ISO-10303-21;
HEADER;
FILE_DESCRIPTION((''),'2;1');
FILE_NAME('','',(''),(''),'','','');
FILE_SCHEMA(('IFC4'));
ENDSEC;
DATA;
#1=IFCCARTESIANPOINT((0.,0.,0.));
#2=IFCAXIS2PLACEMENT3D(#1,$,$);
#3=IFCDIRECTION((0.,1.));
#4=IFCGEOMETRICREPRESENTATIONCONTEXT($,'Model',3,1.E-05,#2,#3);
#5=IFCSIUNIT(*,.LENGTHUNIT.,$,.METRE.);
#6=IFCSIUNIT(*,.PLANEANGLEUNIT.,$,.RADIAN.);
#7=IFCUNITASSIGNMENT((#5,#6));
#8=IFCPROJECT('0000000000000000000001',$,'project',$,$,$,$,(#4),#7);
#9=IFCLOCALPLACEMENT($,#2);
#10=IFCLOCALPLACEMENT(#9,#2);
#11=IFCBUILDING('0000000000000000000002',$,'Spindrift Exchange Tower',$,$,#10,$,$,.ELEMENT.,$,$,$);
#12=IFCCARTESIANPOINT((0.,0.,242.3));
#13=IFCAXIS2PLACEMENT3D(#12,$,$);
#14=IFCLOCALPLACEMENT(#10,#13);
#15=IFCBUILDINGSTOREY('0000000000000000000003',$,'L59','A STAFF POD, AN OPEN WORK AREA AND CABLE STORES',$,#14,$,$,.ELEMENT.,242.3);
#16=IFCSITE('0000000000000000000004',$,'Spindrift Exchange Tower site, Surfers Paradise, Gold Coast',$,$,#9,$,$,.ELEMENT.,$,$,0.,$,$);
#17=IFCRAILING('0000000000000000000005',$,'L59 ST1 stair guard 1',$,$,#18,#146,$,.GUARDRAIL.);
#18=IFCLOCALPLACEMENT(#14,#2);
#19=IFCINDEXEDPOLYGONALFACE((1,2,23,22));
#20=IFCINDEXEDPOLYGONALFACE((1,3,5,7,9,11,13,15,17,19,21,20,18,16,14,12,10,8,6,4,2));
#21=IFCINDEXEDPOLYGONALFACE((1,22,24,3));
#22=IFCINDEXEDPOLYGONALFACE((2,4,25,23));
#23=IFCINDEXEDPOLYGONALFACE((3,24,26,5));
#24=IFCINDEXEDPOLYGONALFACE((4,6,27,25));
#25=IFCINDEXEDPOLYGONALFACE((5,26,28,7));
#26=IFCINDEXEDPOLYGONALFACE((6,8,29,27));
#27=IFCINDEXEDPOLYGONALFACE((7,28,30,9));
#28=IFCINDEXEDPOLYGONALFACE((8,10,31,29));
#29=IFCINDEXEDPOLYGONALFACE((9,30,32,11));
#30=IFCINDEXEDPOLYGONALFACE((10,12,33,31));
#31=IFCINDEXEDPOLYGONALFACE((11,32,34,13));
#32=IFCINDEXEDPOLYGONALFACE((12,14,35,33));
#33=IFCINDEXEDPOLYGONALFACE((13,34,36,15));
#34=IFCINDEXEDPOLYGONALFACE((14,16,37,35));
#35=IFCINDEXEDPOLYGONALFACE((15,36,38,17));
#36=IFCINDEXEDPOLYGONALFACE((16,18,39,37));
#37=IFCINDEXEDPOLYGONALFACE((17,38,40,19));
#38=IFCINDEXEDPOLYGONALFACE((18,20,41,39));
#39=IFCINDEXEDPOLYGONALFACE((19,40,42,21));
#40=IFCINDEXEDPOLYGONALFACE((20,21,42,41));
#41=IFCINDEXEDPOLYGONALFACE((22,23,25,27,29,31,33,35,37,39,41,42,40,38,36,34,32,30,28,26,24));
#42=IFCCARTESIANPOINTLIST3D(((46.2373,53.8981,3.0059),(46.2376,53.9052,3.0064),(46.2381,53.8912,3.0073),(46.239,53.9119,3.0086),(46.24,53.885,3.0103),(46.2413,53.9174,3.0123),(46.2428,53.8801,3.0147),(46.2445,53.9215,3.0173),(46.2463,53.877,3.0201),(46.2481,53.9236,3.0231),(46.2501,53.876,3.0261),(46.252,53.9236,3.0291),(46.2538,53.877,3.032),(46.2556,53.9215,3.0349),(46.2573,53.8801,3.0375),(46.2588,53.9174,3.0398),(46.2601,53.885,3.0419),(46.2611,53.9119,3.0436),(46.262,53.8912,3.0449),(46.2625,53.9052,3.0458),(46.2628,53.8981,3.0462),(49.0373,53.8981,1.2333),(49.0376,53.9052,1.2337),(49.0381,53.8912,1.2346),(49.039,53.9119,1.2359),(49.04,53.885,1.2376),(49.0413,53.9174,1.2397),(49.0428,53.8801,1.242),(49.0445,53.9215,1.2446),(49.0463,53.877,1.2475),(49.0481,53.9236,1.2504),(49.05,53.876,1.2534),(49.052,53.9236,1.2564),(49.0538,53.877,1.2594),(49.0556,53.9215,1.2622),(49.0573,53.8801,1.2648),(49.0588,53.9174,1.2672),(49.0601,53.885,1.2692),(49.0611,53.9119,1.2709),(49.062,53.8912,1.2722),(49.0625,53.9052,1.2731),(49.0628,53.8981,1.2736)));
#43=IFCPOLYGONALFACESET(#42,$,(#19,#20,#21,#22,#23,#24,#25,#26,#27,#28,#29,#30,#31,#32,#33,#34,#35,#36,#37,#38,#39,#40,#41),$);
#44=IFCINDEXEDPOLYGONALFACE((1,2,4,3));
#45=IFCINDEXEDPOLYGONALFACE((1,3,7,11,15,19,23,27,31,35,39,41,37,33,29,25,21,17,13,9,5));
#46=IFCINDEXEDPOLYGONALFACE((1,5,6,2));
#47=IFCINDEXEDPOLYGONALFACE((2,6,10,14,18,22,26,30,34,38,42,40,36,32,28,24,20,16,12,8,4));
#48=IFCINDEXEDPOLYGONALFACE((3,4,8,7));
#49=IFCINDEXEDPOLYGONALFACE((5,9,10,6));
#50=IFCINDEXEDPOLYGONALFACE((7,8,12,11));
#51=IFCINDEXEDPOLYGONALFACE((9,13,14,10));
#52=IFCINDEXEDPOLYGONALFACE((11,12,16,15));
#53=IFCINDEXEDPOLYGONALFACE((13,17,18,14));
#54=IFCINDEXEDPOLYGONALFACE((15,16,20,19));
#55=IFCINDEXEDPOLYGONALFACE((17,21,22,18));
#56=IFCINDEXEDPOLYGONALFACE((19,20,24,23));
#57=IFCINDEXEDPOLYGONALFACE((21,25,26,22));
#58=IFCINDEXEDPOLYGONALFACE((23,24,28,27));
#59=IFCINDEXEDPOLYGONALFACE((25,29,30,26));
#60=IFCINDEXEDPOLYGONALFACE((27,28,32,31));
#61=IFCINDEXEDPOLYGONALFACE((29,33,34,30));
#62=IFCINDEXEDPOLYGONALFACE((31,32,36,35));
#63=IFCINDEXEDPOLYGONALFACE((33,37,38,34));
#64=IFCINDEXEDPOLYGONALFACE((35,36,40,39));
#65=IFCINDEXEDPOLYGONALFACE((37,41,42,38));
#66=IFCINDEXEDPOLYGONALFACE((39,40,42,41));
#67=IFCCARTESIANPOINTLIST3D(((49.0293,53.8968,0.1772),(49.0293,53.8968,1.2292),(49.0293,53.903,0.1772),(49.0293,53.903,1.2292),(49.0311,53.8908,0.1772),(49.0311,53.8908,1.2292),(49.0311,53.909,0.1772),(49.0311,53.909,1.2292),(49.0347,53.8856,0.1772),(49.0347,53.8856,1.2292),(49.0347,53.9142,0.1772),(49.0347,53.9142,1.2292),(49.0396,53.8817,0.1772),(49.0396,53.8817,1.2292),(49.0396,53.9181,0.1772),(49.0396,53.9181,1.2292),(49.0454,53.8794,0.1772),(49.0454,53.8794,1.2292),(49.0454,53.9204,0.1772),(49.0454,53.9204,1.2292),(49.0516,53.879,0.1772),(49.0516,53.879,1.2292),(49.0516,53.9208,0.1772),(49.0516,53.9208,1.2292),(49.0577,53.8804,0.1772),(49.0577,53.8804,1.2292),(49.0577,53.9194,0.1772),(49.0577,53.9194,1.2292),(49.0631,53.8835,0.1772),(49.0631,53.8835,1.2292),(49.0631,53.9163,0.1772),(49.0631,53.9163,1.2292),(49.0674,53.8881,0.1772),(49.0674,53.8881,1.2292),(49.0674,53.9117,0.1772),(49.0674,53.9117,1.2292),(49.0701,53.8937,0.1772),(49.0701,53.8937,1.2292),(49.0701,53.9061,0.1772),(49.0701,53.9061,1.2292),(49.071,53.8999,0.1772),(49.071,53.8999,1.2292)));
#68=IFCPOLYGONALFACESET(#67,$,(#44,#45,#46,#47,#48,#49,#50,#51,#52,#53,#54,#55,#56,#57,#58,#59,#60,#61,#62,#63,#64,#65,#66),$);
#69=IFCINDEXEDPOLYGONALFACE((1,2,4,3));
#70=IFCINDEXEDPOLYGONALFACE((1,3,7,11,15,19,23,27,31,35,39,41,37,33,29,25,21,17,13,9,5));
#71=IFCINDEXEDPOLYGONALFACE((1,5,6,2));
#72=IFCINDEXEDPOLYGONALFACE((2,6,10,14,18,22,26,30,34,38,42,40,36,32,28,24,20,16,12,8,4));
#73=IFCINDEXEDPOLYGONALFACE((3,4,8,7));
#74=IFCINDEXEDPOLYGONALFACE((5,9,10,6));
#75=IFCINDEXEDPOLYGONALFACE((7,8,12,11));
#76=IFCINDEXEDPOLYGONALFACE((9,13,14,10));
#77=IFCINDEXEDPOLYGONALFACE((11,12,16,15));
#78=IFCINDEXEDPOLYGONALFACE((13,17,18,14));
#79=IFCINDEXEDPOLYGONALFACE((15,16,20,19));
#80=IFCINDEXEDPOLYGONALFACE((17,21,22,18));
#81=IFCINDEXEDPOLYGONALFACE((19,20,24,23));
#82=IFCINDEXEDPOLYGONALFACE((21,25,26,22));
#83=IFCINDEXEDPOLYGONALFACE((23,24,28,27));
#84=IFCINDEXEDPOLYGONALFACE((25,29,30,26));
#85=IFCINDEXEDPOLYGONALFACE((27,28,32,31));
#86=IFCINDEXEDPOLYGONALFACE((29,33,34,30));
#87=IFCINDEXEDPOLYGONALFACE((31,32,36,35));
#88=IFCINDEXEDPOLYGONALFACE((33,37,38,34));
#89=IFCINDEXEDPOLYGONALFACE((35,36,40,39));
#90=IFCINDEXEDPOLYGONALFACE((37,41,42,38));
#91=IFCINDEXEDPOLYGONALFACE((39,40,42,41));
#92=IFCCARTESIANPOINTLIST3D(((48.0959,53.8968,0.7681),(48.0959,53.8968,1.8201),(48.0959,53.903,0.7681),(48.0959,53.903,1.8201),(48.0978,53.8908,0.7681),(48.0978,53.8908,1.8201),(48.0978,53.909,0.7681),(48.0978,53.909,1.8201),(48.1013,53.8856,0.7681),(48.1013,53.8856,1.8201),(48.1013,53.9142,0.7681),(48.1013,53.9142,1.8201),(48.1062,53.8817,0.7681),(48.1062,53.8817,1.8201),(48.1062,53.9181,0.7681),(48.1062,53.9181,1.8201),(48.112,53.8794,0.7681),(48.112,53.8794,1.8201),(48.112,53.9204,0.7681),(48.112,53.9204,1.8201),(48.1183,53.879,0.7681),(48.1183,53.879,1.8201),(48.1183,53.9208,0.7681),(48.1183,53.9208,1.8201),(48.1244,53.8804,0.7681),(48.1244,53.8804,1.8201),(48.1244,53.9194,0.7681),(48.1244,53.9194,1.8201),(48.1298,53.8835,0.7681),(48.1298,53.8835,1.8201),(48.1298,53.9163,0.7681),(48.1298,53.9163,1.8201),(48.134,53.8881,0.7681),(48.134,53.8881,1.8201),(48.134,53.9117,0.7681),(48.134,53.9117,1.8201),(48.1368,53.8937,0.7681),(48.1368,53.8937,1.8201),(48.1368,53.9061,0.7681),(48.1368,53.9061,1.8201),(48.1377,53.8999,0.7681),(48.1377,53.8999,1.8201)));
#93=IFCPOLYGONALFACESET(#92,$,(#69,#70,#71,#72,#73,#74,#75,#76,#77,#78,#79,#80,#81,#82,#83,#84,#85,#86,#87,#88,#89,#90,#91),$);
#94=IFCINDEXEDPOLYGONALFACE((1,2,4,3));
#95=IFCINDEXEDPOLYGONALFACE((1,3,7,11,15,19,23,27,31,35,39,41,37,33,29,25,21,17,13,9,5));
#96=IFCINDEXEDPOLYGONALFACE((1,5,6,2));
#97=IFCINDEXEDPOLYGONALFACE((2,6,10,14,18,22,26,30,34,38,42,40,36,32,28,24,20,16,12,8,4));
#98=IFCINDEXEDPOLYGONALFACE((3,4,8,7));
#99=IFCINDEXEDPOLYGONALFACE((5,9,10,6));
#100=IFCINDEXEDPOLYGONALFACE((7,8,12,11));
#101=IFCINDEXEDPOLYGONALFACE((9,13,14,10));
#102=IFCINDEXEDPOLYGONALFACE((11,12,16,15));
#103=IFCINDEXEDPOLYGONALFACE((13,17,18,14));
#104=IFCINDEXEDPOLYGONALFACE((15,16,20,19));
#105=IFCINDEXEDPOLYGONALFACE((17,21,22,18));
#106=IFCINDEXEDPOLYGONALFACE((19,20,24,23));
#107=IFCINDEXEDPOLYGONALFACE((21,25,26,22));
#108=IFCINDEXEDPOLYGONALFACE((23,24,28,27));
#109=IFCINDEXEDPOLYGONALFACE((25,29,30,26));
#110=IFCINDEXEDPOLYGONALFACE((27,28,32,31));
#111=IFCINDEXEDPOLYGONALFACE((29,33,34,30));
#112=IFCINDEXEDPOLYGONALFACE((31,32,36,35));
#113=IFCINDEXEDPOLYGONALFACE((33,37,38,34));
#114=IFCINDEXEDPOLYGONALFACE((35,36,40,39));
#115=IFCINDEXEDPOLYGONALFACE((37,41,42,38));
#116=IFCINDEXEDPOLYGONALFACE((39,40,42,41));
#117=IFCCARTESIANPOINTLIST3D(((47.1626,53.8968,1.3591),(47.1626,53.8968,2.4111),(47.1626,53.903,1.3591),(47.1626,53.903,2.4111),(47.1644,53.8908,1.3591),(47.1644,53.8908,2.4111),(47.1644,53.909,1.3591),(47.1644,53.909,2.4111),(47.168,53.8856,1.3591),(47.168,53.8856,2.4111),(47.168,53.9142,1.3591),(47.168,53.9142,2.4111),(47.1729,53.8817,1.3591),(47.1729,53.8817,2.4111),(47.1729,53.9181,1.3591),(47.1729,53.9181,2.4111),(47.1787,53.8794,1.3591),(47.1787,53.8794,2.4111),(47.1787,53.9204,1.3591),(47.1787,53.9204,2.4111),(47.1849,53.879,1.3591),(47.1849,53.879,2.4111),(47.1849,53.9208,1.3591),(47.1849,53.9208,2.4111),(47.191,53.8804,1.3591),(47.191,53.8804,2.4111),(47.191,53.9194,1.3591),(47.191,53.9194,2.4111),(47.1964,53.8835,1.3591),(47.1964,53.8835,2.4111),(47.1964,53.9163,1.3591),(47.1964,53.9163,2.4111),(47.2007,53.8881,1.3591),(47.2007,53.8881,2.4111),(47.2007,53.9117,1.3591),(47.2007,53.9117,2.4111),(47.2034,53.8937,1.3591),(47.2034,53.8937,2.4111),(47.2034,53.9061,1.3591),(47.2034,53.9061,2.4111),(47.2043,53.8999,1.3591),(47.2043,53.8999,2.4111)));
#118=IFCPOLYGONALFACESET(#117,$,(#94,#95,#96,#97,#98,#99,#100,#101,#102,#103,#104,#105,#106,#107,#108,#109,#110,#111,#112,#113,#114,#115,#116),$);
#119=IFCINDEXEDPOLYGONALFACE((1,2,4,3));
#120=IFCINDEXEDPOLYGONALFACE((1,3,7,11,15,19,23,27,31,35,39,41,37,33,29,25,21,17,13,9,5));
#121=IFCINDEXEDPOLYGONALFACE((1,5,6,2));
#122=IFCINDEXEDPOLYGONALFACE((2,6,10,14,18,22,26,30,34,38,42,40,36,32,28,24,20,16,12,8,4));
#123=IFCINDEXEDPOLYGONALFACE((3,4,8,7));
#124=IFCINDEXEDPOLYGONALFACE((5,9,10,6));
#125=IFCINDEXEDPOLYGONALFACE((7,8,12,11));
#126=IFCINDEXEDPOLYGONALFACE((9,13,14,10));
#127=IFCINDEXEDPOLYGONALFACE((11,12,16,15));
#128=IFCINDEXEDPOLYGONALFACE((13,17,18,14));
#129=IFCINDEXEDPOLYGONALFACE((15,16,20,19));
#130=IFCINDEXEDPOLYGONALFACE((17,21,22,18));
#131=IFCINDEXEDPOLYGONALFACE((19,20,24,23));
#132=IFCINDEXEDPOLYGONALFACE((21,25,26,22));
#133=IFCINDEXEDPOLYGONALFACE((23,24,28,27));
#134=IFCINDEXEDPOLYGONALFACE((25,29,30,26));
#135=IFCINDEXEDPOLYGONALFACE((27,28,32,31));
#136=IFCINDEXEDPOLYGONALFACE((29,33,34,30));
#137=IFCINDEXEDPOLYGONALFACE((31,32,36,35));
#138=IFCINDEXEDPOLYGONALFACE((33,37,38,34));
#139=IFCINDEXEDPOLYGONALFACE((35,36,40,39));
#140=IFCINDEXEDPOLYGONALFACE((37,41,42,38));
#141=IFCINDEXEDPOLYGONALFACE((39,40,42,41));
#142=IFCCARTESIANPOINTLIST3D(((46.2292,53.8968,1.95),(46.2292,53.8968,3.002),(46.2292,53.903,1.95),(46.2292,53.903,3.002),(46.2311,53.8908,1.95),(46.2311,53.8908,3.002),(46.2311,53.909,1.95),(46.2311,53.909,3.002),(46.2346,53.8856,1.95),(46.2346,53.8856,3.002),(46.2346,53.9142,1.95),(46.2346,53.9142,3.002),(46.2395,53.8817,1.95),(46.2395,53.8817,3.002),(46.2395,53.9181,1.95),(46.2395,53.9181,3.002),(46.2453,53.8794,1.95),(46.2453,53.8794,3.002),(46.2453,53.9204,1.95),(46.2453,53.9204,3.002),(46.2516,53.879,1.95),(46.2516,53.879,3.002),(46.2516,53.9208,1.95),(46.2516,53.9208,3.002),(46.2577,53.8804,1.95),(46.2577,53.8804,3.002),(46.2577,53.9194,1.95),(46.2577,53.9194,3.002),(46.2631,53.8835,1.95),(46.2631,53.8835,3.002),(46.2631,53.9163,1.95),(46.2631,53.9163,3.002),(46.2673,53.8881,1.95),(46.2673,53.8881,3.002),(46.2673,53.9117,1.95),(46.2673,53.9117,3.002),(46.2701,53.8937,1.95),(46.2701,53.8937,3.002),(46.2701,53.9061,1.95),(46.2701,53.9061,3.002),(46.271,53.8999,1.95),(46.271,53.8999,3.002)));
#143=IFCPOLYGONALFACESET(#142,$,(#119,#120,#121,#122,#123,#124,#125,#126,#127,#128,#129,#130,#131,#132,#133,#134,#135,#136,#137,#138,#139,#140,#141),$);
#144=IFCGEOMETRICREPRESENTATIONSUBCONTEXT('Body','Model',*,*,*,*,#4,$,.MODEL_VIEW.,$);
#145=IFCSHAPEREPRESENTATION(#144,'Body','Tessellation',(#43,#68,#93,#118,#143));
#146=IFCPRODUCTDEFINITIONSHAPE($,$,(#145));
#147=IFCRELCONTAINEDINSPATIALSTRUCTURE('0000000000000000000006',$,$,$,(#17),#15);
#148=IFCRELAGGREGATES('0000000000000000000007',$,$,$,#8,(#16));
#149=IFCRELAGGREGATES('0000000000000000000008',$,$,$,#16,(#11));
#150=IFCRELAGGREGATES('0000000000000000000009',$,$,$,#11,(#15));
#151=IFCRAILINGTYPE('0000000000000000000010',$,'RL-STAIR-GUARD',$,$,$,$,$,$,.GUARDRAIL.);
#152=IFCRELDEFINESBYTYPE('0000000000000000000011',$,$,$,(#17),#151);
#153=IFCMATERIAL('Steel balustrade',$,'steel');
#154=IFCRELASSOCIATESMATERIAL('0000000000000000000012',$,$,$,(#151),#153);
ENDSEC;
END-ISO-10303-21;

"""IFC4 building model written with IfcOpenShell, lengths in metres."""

from ifc_helpers import new_model, si_unit, direction, frame, origin, origin_2d, place, context, subcontext, project, spatial, circle, extrude, material, type_object, element, save


model = new_model("IFC4")

# Units and contexts
model_context = context("Model", 3, precision=1e-05, world=origin(), true_north=direction((0.0, 1.0)))
body_context = subcontext(model_context, "Body", "Model", "MODEL_VIEW")
ifc_project = project(units=[si_unit("LENGTHUNIT", "METRE"), si_unit("PLANEANGLEUNIT", "RADIAN")], contexts=[model_context])

# Site, building, storey
site_placement = place(None, origin())
site = spatial("IfcSite", under=ifc_project, at=site_placement, Name="Spindrift Exchange Tower site, Surfers Paradise, Gold Coast", CompositionType="ELEMENT", RefElevation=0.0)
building_placement = place(site_placement, origin())
building = spatial("IfcBuilding", under=site, at=building_placement, Name="Spindrift Exchange Tower", CompositionType="ELEMENT")
storey_placement = place(building_placement, frame((0.0, 0.0, 242.3)))
storey = spatial("IfcBuildingStorey", under=building, at=storey_placement, Name="L59", Description="A STAFF POD, AN OPEN WORK AREA AND CABLE STORES", CompositionType="ELEMENT", Elevation=242.3)

# Railing
ifc_material_1 = material(Name="Steel balustrade", Category="steel")
railing_type_1 = type_object("IfcRailingType", Name="RL-STAIR-GUARD", PredefinedType="GUARDRAIL", material=ifc_material_1)
railing_1_placement = place(storey_placement, frame((49.05, 53.8999, 0.1772)))
element("IfcRailing", 1, at=railing_1_placement, inside=storey, type_object=railing_type_1, Name="L59 ST1 stair guard 1", PredefinedType="GUARDRAIL", context=body_context, shape_type="SweptSolid", body=[
    extrude(circle(Radius=0.0239, at=origin_2d()), frame((0.0, 0.0, 1.0762), z_axis=(-0.844909, 0.0, 0.53491), x_axis=(0.0, -1.0, 0.0)), (0.0, 0.0, 1.0), 3.314),
    extrude(circle(Radius=0.021, at=origin_2d()), origin(), (0.0, 0.0, 1.0), 1.052),
    extrude(circle(Radius=0.021, at=origin_2d()), frame((-0.9333, 0.0, 0.5908)), (0.0, 0.0, 1.0), 1.052),
    extrude(circle(Radius=0.021, at=origin_2d()), frame((-1.8667, 0.0, 1.1819)), (0.0, 0.0, 1.0), 1.052),
    extrude(circle(Radius=0.021, at=origin_2d()), frame((-2.8, 0.0, 1.7727)), (0.0, 0.0, 1.0), 1.052),
])

save(model, "model.ifc")
